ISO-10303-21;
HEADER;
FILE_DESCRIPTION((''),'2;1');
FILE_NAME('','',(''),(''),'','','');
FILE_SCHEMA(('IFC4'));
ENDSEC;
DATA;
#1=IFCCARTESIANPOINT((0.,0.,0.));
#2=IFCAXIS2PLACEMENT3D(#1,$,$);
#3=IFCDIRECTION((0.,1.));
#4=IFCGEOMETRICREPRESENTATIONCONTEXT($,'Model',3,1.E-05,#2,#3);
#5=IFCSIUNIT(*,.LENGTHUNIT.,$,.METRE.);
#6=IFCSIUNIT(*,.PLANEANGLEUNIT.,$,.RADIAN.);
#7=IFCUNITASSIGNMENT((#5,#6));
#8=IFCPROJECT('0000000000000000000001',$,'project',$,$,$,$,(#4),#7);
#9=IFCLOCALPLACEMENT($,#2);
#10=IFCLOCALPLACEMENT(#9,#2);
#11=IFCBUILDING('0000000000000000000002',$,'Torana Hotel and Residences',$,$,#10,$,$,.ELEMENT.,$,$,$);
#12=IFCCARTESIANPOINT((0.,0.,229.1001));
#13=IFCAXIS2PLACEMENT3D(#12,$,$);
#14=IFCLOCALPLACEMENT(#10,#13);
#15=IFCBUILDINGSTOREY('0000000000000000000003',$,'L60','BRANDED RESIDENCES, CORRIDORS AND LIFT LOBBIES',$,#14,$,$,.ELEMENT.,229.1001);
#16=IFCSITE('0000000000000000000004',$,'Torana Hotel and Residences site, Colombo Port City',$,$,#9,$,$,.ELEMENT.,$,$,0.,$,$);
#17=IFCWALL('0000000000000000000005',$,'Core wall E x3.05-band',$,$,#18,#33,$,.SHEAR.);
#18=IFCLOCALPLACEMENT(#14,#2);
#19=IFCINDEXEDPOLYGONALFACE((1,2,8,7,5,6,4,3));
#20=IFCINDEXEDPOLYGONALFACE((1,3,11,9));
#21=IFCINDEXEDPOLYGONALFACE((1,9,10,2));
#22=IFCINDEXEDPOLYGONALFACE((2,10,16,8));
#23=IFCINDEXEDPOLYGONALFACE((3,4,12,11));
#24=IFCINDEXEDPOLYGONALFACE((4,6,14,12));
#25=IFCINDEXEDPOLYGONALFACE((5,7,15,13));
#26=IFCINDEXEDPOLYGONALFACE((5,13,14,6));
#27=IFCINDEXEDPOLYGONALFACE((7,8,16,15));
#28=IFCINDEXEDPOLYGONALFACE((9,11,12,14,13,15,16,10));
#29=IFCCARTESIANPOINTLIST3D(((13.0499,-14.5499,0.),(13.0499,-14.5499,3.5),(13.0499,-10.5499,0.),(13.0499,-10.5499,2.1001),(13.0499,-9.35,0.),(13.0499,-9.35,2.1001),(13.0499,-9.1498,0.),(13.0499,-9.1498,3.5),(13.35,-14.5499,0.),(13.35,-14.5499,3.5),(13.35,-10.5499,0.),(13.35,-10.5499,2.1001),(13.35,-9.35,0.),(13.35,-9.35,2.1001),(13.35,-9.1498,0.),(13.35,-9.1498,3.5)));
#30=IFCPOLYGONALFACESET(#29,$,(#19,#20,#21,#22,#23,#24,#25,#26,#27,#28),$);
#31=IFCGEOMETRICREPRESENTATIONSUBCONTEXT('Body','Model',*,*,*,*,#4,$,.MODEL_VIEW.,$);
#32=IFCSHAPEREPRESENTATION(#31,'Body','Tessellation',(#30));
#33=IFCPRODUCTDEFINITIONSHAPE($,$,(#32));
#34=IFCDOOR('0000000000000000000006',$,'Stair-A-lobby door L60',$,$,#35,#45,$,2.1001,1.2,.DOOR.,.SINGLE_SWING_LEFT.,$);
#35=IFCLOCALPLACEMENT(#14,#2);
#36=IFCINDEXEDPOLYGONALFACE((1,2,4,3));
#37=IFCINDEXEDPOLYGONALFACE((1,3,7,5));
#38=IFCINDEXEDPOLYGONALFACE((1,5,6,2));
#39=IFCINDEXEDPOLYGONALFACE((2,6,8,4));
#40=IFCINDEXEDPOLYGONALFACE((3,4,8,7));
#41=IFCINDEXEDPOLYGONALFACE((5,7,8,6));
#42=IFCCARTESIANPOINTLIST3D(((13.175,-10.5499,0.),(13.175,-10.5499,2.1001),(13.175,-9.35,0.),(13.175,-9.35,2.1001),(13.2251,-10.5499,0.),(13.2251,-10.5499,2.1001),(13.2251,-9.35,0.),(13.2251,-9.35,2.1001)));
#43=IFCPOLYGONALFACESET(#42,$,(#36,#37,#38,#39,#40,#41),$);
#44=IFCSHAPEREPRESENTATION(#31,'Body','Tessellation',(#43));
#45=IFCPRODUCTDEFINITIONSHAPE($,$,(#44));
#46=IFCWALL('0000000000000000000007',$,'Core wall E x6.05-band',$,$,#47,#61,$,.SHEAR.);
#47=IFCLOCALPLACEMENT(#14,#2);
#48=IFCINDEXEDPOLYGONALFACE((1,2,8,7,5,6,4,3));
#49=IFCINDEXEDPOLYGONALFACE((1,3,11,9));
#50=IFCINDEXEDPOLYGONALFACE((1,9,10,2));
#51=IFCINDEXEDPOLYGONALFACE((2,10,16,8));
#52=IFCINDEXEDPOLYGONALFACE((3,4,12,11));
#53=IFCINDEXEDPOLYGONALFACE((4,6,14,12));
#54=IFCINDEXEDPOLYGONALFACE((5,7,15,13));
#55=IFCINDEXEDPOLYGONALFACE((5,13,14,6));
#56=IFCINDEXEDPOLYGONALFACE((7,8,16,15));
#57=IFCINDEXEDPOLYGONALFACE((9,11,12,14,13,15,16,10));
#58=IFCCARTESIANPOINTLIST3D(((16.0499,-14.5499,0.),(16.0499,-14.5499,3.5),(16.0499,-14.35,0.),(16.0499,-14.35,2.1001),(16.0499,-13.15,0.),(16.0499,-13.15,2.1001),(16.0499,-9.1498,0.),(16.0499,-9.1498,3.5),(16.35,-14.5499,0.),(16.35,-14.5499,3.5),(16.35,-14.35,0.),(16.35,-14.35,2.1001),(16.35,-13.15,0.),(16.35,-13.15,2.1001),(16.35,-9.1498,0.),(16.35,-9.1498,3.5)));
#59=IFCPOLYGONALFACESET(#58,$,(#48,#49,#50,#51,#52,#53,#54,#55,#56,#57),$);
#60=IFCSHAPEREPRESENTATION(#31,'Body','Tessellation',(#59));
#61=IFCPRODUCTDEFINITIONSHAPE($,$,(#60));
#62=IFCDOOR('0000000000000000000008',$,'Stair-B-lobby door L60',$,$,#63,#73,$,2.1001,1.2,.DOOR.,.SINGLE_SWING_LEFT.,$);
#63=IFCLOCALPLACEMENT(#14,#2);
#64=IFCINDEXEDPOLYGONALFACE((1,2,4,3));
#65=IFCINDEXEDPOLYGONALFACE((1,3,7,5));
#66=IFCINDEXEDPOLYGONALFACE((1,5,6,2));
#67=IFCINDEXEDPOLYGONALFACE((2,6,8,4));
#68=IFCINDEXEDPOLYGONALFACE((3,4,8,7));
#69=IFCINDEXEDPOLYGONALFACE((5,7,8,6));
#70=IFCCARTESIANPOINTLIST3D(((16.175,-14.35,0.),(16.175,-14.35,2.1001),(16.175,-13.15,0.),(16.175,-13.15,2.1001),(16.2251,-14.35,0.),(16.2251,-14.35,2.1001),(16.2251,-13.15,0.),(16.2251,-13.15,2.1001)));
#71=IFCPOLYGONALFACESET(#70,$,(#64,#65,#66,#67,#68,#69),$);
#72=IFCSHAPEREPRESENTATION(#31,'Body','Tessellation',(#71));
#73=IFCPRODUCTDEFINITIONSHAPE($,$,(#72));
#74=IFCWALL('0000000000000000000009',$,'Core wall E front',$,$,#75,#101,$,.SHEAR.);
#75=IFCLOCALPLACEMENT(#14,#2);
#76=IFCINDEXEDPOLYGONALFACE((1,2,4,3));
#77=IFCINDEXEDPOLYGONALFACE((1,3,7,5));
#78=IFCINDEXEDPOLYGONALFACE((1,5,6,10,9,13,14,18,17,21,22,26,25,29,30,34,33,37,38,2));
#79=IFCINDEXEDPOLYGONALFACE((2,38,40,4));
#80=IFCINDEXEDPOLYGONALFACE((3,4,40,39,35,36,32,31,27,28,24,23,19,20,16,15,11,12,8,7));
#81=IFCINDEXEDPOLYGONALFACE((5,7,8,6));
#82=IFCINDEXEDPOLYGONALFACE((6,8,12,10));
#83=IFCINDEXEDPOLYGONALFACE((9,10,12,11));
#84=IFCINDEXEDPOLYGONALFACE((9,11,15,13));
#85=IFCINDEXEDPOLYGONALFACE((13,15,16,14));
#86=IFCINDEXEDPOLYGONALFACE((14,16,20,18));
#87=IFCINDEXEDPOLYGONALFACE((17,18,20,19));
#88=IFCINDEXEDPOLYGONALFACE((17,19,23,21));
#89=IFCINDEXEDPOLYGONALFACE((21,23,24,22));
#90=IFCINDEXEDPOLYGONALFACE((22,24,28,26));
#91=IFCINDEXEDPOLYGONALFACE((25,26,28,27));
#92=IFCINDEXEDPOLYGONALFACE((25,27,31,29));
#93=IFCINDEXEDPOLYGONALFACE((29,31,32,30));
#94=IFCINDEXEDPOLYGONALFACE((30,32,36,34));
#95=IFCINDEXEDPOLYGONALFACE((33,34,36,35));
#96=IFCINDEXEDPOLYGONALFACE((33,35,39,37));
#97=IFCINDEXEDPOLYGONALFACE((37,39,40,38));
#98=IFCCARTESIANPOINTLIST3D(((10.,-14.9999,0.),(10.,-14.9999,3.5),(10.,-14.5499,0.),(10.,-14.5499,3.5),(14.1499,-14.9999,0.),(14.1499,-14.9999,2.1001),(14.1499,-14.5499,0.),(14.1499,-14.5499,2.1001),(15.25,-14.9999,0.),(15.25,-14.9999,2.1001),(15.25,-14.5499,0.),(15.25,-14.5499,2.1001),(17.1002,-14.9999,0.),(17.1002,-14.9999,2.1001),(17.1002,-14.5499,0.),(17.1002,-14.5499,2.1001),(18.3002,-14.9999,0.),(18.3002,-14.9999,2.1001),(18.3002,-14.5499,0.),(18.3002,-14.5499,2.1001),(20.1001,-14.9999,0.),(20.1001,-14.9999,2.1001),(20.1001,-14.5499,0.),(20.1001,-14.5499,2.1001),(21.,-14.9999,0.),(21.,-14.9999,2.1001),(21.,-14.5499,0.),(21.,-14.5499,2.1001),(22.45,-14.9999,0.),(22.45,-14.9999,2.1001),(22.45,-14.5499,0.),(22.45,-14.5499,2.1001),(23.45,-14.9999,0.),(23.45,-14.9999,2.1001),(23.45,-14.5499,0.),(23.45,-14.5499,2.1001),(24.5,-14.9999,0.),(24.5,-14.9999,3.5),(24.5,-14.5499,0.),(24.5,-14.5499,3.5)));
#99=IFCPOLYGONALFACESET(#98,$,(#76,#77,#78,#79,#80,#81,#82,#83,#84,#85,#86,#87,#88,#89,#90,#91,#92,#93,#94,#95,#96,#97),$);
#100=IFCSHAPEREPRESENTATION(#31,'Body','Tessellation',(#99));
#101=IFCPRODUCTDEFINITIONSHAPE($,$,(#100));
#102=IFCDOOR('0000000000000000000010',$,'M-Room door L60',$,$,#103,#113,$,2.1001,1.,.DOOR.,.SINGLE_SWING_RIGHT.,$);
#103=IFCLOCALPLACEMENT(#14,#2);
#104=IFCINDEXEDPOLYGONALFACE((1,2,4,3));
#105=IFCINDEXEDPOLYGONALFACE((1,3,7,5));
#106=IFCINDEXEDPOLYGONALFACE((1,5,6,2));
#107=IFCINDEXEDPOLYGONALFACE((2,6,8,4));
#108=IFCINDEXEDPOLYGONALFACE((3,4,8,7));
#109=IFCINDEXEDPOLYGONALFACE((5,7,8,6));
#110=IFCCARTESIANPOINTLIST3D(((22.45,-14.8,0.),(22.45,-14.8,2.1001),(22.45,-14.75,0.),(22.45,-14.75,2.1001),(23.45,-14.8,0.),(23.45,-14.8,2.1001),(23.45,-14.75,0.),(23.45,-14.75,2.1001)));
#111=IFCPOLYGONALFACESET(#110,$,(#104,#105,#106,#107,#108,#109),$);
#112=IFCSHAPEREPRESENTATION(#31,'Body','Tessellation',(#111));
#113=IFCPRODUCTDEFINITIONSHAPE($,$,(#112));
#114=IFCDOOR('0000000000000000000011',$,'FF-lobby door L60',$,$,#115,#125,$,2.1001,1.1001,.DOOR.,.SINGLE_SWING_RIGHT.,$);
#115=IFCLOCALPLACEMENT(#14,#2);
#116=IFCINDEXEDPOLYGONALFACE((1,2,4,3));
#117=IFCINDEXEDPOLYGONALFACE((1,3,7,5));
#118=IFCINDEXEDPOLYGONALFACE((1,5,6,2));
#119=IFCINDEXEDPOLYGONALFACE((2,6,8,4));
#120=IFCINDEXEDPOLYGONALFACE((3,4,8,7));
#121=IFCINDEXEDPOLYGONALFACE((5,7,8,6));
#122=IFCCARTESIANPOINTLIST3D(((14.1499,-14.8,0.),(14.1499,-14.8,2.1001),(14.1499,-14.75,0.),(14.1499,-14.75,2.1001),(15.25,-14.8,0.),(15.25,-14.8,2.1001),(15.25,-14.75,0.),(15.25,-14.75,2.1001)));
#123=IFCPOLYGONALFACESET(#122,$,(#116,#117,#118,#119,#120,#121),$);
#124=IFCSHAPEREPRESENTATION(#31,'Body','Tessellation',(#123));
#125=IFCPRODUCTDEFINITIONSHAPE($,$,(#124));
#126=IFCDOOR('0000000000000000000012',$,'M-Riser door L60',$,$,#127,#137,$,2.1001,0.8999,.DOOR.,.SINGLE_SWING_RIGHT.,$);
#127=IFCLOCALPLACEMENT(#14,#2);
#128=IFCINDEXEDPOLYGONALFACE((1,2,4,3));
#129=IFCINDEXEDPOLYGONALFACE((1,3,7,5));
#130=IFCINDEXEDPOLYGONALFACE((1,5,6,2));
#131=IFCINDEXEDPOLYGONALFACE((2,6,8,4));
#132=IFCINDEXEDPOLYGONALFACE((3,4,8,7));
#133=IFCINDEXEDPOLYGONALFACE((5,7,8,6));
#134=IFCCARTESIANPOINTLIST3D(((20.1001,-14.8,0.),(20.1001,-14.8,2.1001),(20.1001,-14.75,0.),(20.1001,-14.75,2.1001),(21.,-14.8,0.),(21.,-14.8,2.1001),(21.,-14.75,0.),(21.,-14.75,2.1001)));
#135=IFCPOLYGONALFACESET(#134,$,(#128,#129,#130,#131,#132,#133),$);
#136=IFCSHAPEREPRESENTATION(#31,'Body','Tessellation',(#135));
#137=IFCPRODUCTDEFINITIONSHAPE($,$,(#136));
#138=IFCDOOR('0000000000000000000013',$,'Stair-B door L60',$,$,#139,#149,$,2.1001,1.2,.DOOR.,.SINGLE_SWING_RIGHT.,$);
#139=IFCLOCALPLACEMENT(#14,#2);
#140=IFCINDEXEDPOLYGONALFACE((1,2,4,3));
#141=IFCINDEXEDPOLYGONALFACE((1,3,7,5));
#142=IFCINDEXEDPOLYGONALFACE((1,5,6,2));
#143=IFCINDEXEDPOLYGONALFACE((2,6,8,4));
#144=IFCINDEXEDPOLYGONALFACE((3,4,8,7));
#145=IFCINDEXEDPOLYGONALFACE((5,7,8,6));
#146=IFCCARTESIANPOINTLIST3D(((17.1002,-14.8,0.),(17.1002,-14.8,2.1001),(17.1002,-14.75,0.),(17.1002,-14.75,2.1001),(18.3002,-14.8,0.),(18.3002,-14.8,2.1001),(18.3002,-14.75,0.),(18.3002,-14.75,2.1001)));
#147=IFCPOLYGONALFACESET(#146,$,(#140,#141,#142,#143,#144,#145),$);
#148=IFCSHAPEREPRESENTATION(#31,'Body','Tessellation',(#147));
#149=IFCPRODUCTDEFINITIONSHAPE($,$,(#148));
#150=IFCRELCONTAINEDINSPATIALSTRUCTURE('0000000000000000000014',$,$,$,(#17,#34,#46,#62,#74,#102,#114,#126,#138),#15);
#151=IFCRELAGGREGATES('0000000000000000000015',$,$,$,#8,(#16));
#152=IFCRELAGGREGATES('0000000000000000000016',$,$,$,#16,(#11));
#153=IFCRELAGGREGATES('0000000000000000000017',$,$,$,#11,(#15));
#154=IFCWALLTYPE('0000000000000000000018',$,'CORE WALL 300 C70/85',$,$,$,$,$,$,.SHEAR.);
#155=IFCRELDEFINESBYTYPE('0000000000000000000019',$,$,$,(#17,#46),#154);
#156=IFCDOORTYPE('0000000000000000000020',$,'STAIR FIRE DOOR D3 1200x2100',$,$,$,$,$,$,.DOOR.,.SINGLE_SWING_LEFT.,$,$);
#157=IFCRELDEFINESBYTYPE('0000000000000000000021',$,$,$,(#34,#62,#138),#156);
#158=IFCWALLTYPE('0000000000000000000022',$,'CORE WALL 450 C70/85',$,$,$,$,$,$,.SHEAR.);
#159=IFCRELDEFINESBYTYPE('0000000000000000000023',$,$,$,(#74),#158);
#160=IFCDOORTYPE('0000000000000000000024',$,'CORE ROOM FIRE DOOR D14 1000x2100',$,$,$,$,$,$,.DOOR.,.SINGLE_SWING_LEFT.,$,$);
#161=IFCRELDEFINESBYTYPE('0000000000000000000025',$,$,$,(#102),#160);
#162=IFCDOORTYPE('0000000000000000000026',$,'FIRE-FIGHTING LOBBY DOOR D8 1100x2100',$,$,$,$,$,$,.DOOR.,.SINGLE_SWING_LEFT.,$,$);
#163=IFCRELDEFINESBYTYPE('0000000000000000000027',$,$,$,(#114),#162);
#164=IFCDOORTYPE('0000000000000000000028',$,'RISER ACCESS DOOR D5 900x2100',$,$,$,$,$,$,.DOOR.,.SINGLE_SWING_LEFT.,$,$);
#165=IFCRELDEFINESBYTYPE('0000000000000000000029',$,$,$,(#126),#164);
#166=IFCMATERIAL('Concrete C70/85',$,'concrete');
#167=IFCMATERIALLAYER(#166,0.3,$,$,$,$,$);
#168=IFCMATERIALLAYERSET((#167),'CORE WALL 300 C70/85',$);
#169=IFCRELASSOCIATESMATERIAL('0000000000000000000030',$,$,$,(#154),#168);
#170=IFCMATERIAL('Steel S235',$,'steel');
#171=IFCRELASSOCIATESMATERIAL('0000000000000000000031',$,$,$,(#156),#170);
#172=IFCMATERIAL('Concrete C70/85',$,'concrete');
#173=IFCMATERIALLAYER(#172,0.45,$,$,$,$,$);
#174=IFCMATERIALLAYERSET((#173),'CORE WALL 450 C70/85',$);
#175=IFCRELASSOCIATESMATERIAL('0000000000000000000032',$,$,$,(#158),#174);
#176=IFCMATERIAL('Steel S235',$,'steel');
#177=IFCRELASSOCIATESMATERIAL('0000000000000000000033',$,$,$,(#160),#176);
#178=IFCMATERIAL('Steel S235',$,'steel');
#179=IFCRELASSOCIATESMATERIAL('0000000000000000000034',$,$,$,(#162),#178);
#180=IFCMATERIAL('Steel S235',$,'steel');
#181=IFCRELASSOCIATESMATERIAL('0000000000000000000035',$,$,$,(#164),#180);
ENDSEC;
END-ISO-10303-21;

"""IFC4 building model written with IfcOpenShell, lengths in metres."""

from ifc_helpers import new_model, si_unit, direction, frame, frame_2d, origin, place, context, subcontext, project, spatial, rectangle, extrude, material, layer, layer_set, type_object, element, fill, save


model = new_model("IFC4")

# Units and contexts
model_context = context("Model", 3, precision=1e-05, world=origin(), true_north=direction((0.0, 1.0)))
body_context = subcontext(model_context, "Body", "Model", "MODEL_VIEW")
ifc_project = project(units=[si_unit("LENGTHUNIT", "METRE"), si_unit("PLANEANGLEUNIT", "RADIAN")], contexts=[model_context])

# Site, building, storey
site_placement = place(None, origin())
site = spatial("IfcSite", under=ifc_project, at=site_placement, Name="Torana Hotel and Residences site, Colombo Port City", CompositionType="ELEMENT", RefElevation=0.0)
building_placement = place(site_placement, origin())
building = spatial("IfcBuilding", under=site, at=building_placement, Name="Torana Hotel and Residences", CompositionType="ELEMENT")
storey_placement = place(building_placement, frame((0.0, 0.0, 229.1001)))
storey = spatial("IfcBuildingStorey", under=building, at=storey_placement, Name="L60", Description="BRANDED RESIDENCES, CORRIDORS AND LIFT LOBBIES", CompositionType="ELEMENT", Elevation=229.1001)

# Walls, openings, doors
ifc_material_1 = material(Name="Concrete C70/85", Category="concrete")
ifc_layer_1 = layer(ifc_material_1, 0.3)
ifc_layer_set_1 = layer_set([ifc_layer_1], Name="CORE WALL 300 C70/85")
wall_type_1 = type_object("IfcWallType", Name="CORE WALL 300 C70/85", PredefinedType="SHEAR", material=ifc_layer_set_1)
wall_1_placement = place(storey_placement, frame((13.2, -14.55, 0.0), z_axis=(0.0, 0.0, 1.0), x_axis=(0.0, 1.0, 0.0)))
wall_1 = element("IfcWall", 1, at=wall_1_placement, inside=storey, type_object=wall_type_1, Name="Core wall E x3.05-band", PredefinedType="SHEAR", context=body_context, shape_type="SweptSolid", body=[
    extrude(rectangle(XDim=5.4001, YDim=0.3, at=frame_2d((2.7002, 0.0))), origin(), (0.0, 0.0, 1.0), 3.5),
])
opening_1_placement = place(wall_1_placement, frame((4.0, 0.0, 0.0)))
opening_1 = element("IfcOpeningElement", 2, at=opening_1_placement, cuts=wall_1, PredefinedType="OPENING", context=body_context, shape_type="SweptSolid", body=[
    extrude(rectangle(XDim=1.2, YDim=2.1001, at=frame_2d((0.6001, 1.05))), frame((0.0, 0.1599, 0.0), z_axis=(0.0, -1.0, 0.0), x_axis=(1.0, 0.0, 0.0)), (0.0, 0.0, 1.0), 0.3201),
])
ifc_material_2 = material(Name="Steel S235", Category="steel")
door_type_1 = type_object("IfcDoorType", Name="STAIR FIRE DOOR D3 1200x2100", OperationType="SINGLE_SWING_LEFT", PredefinedType="DOOR", material=ifc_material_2)
door_1_placement = place(opening_1_placement, origin())
door_1 = element("IfcDoor", 3, at=door_1_placement, inside=storey, type_object=door_type_1, Name="Stair-A-lobby door L60", OperationType="SINGLE_SWING_LEFT", OverallHeight=2.1001, OverallWidth=1.2, PredefinedType="DOOR", context=body_context, shape_type="SweptSolid", body=[
    extrude(rectangle(XDim=1.2, YDim=2.1001, at=frame_2d((0.6001, 1.05))), frame((0.0, 0.0249, 0.0), z_axis=(0.0, -1.0, 0.0), x_axis=(1.0, 0.0, 0.0)), (0.0, 0.0, 1.0), 0.05),
])
fill(opening_1, door_1)
wall_2_placement = place(storey_placement, frame((16.2, -14.55, 0.0), z_axis=(0.0, 0.0, 1.0), x_axis=(0.0, 1.0, 0.0)))
wall_2 = element("IfcWall", 4, at=wall_2_placement, inside=storey, type_object=wall_type_1, Name="Core wall E x6.05-band", PredefinedType="SHEAR", context=body_context, shape_type="SweptSolid", body=[
    extrude(rectangle(XDim=5.4001, YDim=0.3, at=frame_2d((2.7002, 0.0))), origin(), (0.0, 0.0, 1.0), 3.5),
])
opening_2_placement = place(wall_2_placement, frame((0.2, 0.0, 0.0)))
opening_2 = element("IfcOpeningElement", 5, at=opening_2_placement, cuts=wall_2, PredefinedType="OPENING", context=body_context, shape_type="SweptSolid", body=[
    extrude(rectangle(XDim=1.2, YDim=2.1001, at=frame_2d((0.6001, 1.05))), frame((0.0, 0.1599, 0.0), z_axis=(0.0, -1.0, 0.0), x_axis=(1.0, 0.0, 0.0)), (0.0, 0.0, 1.0), 0.3201),
])
door_2_placement = place(opening_2_placement, frame((0.6001, 0.0, 0.0), z_axis=(0.0, 0.0, 1.0), x_axis=(-1.0, 0.0, 0.0)))
door_2 = element("IfcDoor", 6, at=door_2_placement, inside=storey, type_object=door_type_1, Name="Stair-B-lobby door L60", OperationType="SINGLE_SWING_LEFT", OverallHeight=2.1001, OverallWidth=1.2, PredefinedType="DOOR", context=body_context, shape_type="SweptSolid", body=[
    extrude(rectangle(XDim=1.2, YDim=2.1001, at=frame_2d((0.0, 1.05))), frame((0.0, -0.0249, 0.0), z_axis=(0.0, 1.0, 0.0), x_axis=(-1.0, 0.0, 0.0)), (0.0, 0.0, 1.0), 0.05),
])
fill(opening_2, door_2)

# Wall, openings, doors
ifc_material_3 = material(Name="Concrete C70/85", Category="concrete")
ifc_layer_2 = layer(ifc_material_3, 0.45)
ifc_layer_set_2 = layer_set([ifc_layer_2], Name="CORE WALL 450 C70/85")
wall_type_2 = type_object("IfcWallType", Name="CORE WALL 450 C70/85", PredefinedType="SHEAR", material=ifc_layer_set_2)
wall_3_placement = place(storey_placement, frame((10.0, -14.7749, 0.0), z_axis=(0.0, 0.0, 1.0), x_axis=(1.0, 0.0, 0.0)))
wall_3 = element("IfcWall", 7, at=wall_3_placement, inside=storey, type_object=wall_type_2, Name="Core wall E front", PredefinedType="SHEAR", context=body_context, shape_type="SweptSolid", body=[
    extrude(rectangle(XDim=14.5, YDim=0.45, at=frame_2d((7.25, 0.0))), origin(), (0.0, 0.0, 1.0), 3.5),
])
opening_3_placement = place(wall_3_placement, frame((7.1001, 0.0, 0.0)))
opening_3 = element("IfcOpeningElement", 8, at=opening_3_placement, cuts=wall_3, PredefinedType="OPENING", context=body_context, shape_type="SweptSolid", body=[
    extrude(rectangle(XDim=1.2, YDim=2.1001, at=frame_2d((0.6001, 1.05))), frame((0.0, 0.2349, 0.0), z_axis=(0.0, -1.0, 0.0), x_axis=(1.0, 0.0, 0.0)), (0.0, 0.0, 1.0), 0.47),
])
opening_4_placement = place(wall_3_placement, frame((4.1499, 0.0, 0.0)))
opening_4 = element("IfcOpeningElement", 9, at=opening_4_placement, cuts=wall_3, PredefinedType="OPENING", context=body_context, shape_type="SweptSolid", body=[
    extrude(rectangle(XDim=1.1001, YDim=2.1001, at=frame_2d((0.55, 1.05))), frame((0.0, 0.2349, 0.0), z_axis=(0.0, -1.0, 0.0), x_axis=(1.0, 0.0, 0.0)), (0.0, 0.0, 1.0), 0.47),
])
opening_5_placement = place(wall_3_placement, frame((10.1001, 0.0, 0.0)))
opening_5 = element("IfcOpeningElement", 10, at=opening_5_placement, cuts=wall_3, PredefinedType="OPENING", context=body_context, shape_type="SweptSolid", body=[
    extrude(rectangle(XDim=0.8999, YDim=2.1001, at=frame_2d((0.45, 1.05))), frame((0.0, 0.2349, 0.0), z_axis=(0.0, -1.0, 0.0), x_axis=(1.0, 0.0, 0.0)), (0.0, 0.0, 1.0), 0.47),
])
opening_6_placement = place(wall_3_placement, frame((12.45, 0.0, 0.0)))
opening_6 = element("IfcOpeningElement", 11, at=opening_6_placement, cuts=wall_3, PredefinedType="OPENING", context=body_context, shape_type="SweptSolid", body=[
    extrude(rectangle(XDim=1.0, YDim=2.1001, at=frame_2d((0.5, 1.05))), frame((0.0, 0.2349, 0.0), z_axis=(0.0, -1.0, 0.0), x_axis=(1.0, 0.0, 0.0)), (0.0, 0.0, 1.0), 0.47),
])
ifc_material_4 = material(Name="Steel S235", Category="steel")
door_type_2 = type_object("IfcDoorType", Name="CORE ROOM FIRE DOOR D14 1000x2100", OperationType="SINGLE_SWING_LEFT", PredefinedType="DOOR", material=ifc_material_4)
door_3_placement = place(opening_6_placement, origin())
door_3 = element("IfcDoor", 12, at=door_3_placement, inside=storey, type_object=door_type_2, Name="M-Room door L60", OperationType="SINGLE_SWING_RIGHT", OverallHeight=2.1001, OverallWidth=1.0, PredefinedType="DOOR", context=body_context, shape_type="SweptSolid", body=[
    extrude(rectangle(XDim=1.0, YDim=2.1001, at=frame_2d((0.5, 1.05))), frame((0.0, 0.0249, 0.0), z_axis=(0.0, -1.0, 0.0), x_axis=(1.0, 0.0, 0.0)), (0.0, 0.0, 1.0), 0.05),
])
fill(opening_6, door_3)
ifc_material_5 = material(Name="Steel S235", Category="steel")
door_type_3 = type_object("IfcDoorType", Name="FIRE-FIGHTING LOBBY DOOR D8 1100x2100", OperationType="SINGLE_SWING_LEFT", PredefinedType="DOOR", material=ifc_material_5)
door_4_placement = place(opening_4_placement, origin())
door_4 = element("IfcDoor", 13, at=door_4_placement, inside=storey, type_object=door_type_3, Name="FF-lobby door L60", OperationType="SINGLE_SWING_RIGHT", OverallHeight=2.1001, OverallWidth=1.1001, PredefinedType="DOOR", context=body_context, shape_type="SweptSolid", body=[
    extrude(rectangle(XDim=1.1001, YDim=2.1001, at=frame_2d((0.55, 1.05))), frame((0.0, 0.0249, 0.0), z_axis=(0.0, -1.0, 0.0), x_axis=(1.0, 0.0, 0.0)), (0.0, 0.0, 1.0), 0.05),
])
fill(opening_4, door_4)
ifc_material_6 = material(Name="Steel S235", Category="steel")
door_type_4 = type_object("IfcDoorType", Name="RISER ACCESS DOOR D5 900x2100", OperationType="SINGLE_SWING_LEFT", PredefinedType="DOOR", material=ifc_material_6)
door_5_placement = place(opening_5_placement, origin())
door_5 = element("IfcDoor", 14, at=door_5_placement, inside=storey, type_object=door_type_4, Name="M-Riser door L60", OperationType="SINGLE_SWING_RIGHT", OverallHeight=2.1001, OverallWidth=0.8999, PredefinedType="DOOR", context=body_context, shape_type="SweptSolid", body=[
    extrude(rectangle(XDim=0.8999, YDim=2.1001, at=frame_2d((0.45, 1.05))), frame((0.0, 0.0249, 0.0), z_axis=(0.0, -1.0, 0.0), x_axis=(1.0, 0.0, 0.0)), (0.0, 0.0, 1.0), 0.05),
])
fill(opening_5, door_5)
door_6_placement = place(opening_3_placement, origin())
door_6 = element("IfcDoor", 15, at=door_6_placement, inside=storey, type_object=door_type_1, Name="Stair-B door L60", OperationType="SINGLE_SWING_RIGHT", OverallHeight=2.1001, OverallWidth=1.2, PredefinedType="DOOR", context=body_context, shape_type="SweptSolid", body=[
    extrude(rectangle(XDim=1.2, YDim=2.1001, at=frame_2d((0.6001, 1.05))), frame((0.0, 0.0249, 0.0), z_axis=(0.0, -1.0, 0.0), x_axis=(1.0, 0.0, 0.0)), (0.0, 0.0, 1.0), 0.05),
])
fill(opening_3, door_6)

save(model, "model.ifc")
